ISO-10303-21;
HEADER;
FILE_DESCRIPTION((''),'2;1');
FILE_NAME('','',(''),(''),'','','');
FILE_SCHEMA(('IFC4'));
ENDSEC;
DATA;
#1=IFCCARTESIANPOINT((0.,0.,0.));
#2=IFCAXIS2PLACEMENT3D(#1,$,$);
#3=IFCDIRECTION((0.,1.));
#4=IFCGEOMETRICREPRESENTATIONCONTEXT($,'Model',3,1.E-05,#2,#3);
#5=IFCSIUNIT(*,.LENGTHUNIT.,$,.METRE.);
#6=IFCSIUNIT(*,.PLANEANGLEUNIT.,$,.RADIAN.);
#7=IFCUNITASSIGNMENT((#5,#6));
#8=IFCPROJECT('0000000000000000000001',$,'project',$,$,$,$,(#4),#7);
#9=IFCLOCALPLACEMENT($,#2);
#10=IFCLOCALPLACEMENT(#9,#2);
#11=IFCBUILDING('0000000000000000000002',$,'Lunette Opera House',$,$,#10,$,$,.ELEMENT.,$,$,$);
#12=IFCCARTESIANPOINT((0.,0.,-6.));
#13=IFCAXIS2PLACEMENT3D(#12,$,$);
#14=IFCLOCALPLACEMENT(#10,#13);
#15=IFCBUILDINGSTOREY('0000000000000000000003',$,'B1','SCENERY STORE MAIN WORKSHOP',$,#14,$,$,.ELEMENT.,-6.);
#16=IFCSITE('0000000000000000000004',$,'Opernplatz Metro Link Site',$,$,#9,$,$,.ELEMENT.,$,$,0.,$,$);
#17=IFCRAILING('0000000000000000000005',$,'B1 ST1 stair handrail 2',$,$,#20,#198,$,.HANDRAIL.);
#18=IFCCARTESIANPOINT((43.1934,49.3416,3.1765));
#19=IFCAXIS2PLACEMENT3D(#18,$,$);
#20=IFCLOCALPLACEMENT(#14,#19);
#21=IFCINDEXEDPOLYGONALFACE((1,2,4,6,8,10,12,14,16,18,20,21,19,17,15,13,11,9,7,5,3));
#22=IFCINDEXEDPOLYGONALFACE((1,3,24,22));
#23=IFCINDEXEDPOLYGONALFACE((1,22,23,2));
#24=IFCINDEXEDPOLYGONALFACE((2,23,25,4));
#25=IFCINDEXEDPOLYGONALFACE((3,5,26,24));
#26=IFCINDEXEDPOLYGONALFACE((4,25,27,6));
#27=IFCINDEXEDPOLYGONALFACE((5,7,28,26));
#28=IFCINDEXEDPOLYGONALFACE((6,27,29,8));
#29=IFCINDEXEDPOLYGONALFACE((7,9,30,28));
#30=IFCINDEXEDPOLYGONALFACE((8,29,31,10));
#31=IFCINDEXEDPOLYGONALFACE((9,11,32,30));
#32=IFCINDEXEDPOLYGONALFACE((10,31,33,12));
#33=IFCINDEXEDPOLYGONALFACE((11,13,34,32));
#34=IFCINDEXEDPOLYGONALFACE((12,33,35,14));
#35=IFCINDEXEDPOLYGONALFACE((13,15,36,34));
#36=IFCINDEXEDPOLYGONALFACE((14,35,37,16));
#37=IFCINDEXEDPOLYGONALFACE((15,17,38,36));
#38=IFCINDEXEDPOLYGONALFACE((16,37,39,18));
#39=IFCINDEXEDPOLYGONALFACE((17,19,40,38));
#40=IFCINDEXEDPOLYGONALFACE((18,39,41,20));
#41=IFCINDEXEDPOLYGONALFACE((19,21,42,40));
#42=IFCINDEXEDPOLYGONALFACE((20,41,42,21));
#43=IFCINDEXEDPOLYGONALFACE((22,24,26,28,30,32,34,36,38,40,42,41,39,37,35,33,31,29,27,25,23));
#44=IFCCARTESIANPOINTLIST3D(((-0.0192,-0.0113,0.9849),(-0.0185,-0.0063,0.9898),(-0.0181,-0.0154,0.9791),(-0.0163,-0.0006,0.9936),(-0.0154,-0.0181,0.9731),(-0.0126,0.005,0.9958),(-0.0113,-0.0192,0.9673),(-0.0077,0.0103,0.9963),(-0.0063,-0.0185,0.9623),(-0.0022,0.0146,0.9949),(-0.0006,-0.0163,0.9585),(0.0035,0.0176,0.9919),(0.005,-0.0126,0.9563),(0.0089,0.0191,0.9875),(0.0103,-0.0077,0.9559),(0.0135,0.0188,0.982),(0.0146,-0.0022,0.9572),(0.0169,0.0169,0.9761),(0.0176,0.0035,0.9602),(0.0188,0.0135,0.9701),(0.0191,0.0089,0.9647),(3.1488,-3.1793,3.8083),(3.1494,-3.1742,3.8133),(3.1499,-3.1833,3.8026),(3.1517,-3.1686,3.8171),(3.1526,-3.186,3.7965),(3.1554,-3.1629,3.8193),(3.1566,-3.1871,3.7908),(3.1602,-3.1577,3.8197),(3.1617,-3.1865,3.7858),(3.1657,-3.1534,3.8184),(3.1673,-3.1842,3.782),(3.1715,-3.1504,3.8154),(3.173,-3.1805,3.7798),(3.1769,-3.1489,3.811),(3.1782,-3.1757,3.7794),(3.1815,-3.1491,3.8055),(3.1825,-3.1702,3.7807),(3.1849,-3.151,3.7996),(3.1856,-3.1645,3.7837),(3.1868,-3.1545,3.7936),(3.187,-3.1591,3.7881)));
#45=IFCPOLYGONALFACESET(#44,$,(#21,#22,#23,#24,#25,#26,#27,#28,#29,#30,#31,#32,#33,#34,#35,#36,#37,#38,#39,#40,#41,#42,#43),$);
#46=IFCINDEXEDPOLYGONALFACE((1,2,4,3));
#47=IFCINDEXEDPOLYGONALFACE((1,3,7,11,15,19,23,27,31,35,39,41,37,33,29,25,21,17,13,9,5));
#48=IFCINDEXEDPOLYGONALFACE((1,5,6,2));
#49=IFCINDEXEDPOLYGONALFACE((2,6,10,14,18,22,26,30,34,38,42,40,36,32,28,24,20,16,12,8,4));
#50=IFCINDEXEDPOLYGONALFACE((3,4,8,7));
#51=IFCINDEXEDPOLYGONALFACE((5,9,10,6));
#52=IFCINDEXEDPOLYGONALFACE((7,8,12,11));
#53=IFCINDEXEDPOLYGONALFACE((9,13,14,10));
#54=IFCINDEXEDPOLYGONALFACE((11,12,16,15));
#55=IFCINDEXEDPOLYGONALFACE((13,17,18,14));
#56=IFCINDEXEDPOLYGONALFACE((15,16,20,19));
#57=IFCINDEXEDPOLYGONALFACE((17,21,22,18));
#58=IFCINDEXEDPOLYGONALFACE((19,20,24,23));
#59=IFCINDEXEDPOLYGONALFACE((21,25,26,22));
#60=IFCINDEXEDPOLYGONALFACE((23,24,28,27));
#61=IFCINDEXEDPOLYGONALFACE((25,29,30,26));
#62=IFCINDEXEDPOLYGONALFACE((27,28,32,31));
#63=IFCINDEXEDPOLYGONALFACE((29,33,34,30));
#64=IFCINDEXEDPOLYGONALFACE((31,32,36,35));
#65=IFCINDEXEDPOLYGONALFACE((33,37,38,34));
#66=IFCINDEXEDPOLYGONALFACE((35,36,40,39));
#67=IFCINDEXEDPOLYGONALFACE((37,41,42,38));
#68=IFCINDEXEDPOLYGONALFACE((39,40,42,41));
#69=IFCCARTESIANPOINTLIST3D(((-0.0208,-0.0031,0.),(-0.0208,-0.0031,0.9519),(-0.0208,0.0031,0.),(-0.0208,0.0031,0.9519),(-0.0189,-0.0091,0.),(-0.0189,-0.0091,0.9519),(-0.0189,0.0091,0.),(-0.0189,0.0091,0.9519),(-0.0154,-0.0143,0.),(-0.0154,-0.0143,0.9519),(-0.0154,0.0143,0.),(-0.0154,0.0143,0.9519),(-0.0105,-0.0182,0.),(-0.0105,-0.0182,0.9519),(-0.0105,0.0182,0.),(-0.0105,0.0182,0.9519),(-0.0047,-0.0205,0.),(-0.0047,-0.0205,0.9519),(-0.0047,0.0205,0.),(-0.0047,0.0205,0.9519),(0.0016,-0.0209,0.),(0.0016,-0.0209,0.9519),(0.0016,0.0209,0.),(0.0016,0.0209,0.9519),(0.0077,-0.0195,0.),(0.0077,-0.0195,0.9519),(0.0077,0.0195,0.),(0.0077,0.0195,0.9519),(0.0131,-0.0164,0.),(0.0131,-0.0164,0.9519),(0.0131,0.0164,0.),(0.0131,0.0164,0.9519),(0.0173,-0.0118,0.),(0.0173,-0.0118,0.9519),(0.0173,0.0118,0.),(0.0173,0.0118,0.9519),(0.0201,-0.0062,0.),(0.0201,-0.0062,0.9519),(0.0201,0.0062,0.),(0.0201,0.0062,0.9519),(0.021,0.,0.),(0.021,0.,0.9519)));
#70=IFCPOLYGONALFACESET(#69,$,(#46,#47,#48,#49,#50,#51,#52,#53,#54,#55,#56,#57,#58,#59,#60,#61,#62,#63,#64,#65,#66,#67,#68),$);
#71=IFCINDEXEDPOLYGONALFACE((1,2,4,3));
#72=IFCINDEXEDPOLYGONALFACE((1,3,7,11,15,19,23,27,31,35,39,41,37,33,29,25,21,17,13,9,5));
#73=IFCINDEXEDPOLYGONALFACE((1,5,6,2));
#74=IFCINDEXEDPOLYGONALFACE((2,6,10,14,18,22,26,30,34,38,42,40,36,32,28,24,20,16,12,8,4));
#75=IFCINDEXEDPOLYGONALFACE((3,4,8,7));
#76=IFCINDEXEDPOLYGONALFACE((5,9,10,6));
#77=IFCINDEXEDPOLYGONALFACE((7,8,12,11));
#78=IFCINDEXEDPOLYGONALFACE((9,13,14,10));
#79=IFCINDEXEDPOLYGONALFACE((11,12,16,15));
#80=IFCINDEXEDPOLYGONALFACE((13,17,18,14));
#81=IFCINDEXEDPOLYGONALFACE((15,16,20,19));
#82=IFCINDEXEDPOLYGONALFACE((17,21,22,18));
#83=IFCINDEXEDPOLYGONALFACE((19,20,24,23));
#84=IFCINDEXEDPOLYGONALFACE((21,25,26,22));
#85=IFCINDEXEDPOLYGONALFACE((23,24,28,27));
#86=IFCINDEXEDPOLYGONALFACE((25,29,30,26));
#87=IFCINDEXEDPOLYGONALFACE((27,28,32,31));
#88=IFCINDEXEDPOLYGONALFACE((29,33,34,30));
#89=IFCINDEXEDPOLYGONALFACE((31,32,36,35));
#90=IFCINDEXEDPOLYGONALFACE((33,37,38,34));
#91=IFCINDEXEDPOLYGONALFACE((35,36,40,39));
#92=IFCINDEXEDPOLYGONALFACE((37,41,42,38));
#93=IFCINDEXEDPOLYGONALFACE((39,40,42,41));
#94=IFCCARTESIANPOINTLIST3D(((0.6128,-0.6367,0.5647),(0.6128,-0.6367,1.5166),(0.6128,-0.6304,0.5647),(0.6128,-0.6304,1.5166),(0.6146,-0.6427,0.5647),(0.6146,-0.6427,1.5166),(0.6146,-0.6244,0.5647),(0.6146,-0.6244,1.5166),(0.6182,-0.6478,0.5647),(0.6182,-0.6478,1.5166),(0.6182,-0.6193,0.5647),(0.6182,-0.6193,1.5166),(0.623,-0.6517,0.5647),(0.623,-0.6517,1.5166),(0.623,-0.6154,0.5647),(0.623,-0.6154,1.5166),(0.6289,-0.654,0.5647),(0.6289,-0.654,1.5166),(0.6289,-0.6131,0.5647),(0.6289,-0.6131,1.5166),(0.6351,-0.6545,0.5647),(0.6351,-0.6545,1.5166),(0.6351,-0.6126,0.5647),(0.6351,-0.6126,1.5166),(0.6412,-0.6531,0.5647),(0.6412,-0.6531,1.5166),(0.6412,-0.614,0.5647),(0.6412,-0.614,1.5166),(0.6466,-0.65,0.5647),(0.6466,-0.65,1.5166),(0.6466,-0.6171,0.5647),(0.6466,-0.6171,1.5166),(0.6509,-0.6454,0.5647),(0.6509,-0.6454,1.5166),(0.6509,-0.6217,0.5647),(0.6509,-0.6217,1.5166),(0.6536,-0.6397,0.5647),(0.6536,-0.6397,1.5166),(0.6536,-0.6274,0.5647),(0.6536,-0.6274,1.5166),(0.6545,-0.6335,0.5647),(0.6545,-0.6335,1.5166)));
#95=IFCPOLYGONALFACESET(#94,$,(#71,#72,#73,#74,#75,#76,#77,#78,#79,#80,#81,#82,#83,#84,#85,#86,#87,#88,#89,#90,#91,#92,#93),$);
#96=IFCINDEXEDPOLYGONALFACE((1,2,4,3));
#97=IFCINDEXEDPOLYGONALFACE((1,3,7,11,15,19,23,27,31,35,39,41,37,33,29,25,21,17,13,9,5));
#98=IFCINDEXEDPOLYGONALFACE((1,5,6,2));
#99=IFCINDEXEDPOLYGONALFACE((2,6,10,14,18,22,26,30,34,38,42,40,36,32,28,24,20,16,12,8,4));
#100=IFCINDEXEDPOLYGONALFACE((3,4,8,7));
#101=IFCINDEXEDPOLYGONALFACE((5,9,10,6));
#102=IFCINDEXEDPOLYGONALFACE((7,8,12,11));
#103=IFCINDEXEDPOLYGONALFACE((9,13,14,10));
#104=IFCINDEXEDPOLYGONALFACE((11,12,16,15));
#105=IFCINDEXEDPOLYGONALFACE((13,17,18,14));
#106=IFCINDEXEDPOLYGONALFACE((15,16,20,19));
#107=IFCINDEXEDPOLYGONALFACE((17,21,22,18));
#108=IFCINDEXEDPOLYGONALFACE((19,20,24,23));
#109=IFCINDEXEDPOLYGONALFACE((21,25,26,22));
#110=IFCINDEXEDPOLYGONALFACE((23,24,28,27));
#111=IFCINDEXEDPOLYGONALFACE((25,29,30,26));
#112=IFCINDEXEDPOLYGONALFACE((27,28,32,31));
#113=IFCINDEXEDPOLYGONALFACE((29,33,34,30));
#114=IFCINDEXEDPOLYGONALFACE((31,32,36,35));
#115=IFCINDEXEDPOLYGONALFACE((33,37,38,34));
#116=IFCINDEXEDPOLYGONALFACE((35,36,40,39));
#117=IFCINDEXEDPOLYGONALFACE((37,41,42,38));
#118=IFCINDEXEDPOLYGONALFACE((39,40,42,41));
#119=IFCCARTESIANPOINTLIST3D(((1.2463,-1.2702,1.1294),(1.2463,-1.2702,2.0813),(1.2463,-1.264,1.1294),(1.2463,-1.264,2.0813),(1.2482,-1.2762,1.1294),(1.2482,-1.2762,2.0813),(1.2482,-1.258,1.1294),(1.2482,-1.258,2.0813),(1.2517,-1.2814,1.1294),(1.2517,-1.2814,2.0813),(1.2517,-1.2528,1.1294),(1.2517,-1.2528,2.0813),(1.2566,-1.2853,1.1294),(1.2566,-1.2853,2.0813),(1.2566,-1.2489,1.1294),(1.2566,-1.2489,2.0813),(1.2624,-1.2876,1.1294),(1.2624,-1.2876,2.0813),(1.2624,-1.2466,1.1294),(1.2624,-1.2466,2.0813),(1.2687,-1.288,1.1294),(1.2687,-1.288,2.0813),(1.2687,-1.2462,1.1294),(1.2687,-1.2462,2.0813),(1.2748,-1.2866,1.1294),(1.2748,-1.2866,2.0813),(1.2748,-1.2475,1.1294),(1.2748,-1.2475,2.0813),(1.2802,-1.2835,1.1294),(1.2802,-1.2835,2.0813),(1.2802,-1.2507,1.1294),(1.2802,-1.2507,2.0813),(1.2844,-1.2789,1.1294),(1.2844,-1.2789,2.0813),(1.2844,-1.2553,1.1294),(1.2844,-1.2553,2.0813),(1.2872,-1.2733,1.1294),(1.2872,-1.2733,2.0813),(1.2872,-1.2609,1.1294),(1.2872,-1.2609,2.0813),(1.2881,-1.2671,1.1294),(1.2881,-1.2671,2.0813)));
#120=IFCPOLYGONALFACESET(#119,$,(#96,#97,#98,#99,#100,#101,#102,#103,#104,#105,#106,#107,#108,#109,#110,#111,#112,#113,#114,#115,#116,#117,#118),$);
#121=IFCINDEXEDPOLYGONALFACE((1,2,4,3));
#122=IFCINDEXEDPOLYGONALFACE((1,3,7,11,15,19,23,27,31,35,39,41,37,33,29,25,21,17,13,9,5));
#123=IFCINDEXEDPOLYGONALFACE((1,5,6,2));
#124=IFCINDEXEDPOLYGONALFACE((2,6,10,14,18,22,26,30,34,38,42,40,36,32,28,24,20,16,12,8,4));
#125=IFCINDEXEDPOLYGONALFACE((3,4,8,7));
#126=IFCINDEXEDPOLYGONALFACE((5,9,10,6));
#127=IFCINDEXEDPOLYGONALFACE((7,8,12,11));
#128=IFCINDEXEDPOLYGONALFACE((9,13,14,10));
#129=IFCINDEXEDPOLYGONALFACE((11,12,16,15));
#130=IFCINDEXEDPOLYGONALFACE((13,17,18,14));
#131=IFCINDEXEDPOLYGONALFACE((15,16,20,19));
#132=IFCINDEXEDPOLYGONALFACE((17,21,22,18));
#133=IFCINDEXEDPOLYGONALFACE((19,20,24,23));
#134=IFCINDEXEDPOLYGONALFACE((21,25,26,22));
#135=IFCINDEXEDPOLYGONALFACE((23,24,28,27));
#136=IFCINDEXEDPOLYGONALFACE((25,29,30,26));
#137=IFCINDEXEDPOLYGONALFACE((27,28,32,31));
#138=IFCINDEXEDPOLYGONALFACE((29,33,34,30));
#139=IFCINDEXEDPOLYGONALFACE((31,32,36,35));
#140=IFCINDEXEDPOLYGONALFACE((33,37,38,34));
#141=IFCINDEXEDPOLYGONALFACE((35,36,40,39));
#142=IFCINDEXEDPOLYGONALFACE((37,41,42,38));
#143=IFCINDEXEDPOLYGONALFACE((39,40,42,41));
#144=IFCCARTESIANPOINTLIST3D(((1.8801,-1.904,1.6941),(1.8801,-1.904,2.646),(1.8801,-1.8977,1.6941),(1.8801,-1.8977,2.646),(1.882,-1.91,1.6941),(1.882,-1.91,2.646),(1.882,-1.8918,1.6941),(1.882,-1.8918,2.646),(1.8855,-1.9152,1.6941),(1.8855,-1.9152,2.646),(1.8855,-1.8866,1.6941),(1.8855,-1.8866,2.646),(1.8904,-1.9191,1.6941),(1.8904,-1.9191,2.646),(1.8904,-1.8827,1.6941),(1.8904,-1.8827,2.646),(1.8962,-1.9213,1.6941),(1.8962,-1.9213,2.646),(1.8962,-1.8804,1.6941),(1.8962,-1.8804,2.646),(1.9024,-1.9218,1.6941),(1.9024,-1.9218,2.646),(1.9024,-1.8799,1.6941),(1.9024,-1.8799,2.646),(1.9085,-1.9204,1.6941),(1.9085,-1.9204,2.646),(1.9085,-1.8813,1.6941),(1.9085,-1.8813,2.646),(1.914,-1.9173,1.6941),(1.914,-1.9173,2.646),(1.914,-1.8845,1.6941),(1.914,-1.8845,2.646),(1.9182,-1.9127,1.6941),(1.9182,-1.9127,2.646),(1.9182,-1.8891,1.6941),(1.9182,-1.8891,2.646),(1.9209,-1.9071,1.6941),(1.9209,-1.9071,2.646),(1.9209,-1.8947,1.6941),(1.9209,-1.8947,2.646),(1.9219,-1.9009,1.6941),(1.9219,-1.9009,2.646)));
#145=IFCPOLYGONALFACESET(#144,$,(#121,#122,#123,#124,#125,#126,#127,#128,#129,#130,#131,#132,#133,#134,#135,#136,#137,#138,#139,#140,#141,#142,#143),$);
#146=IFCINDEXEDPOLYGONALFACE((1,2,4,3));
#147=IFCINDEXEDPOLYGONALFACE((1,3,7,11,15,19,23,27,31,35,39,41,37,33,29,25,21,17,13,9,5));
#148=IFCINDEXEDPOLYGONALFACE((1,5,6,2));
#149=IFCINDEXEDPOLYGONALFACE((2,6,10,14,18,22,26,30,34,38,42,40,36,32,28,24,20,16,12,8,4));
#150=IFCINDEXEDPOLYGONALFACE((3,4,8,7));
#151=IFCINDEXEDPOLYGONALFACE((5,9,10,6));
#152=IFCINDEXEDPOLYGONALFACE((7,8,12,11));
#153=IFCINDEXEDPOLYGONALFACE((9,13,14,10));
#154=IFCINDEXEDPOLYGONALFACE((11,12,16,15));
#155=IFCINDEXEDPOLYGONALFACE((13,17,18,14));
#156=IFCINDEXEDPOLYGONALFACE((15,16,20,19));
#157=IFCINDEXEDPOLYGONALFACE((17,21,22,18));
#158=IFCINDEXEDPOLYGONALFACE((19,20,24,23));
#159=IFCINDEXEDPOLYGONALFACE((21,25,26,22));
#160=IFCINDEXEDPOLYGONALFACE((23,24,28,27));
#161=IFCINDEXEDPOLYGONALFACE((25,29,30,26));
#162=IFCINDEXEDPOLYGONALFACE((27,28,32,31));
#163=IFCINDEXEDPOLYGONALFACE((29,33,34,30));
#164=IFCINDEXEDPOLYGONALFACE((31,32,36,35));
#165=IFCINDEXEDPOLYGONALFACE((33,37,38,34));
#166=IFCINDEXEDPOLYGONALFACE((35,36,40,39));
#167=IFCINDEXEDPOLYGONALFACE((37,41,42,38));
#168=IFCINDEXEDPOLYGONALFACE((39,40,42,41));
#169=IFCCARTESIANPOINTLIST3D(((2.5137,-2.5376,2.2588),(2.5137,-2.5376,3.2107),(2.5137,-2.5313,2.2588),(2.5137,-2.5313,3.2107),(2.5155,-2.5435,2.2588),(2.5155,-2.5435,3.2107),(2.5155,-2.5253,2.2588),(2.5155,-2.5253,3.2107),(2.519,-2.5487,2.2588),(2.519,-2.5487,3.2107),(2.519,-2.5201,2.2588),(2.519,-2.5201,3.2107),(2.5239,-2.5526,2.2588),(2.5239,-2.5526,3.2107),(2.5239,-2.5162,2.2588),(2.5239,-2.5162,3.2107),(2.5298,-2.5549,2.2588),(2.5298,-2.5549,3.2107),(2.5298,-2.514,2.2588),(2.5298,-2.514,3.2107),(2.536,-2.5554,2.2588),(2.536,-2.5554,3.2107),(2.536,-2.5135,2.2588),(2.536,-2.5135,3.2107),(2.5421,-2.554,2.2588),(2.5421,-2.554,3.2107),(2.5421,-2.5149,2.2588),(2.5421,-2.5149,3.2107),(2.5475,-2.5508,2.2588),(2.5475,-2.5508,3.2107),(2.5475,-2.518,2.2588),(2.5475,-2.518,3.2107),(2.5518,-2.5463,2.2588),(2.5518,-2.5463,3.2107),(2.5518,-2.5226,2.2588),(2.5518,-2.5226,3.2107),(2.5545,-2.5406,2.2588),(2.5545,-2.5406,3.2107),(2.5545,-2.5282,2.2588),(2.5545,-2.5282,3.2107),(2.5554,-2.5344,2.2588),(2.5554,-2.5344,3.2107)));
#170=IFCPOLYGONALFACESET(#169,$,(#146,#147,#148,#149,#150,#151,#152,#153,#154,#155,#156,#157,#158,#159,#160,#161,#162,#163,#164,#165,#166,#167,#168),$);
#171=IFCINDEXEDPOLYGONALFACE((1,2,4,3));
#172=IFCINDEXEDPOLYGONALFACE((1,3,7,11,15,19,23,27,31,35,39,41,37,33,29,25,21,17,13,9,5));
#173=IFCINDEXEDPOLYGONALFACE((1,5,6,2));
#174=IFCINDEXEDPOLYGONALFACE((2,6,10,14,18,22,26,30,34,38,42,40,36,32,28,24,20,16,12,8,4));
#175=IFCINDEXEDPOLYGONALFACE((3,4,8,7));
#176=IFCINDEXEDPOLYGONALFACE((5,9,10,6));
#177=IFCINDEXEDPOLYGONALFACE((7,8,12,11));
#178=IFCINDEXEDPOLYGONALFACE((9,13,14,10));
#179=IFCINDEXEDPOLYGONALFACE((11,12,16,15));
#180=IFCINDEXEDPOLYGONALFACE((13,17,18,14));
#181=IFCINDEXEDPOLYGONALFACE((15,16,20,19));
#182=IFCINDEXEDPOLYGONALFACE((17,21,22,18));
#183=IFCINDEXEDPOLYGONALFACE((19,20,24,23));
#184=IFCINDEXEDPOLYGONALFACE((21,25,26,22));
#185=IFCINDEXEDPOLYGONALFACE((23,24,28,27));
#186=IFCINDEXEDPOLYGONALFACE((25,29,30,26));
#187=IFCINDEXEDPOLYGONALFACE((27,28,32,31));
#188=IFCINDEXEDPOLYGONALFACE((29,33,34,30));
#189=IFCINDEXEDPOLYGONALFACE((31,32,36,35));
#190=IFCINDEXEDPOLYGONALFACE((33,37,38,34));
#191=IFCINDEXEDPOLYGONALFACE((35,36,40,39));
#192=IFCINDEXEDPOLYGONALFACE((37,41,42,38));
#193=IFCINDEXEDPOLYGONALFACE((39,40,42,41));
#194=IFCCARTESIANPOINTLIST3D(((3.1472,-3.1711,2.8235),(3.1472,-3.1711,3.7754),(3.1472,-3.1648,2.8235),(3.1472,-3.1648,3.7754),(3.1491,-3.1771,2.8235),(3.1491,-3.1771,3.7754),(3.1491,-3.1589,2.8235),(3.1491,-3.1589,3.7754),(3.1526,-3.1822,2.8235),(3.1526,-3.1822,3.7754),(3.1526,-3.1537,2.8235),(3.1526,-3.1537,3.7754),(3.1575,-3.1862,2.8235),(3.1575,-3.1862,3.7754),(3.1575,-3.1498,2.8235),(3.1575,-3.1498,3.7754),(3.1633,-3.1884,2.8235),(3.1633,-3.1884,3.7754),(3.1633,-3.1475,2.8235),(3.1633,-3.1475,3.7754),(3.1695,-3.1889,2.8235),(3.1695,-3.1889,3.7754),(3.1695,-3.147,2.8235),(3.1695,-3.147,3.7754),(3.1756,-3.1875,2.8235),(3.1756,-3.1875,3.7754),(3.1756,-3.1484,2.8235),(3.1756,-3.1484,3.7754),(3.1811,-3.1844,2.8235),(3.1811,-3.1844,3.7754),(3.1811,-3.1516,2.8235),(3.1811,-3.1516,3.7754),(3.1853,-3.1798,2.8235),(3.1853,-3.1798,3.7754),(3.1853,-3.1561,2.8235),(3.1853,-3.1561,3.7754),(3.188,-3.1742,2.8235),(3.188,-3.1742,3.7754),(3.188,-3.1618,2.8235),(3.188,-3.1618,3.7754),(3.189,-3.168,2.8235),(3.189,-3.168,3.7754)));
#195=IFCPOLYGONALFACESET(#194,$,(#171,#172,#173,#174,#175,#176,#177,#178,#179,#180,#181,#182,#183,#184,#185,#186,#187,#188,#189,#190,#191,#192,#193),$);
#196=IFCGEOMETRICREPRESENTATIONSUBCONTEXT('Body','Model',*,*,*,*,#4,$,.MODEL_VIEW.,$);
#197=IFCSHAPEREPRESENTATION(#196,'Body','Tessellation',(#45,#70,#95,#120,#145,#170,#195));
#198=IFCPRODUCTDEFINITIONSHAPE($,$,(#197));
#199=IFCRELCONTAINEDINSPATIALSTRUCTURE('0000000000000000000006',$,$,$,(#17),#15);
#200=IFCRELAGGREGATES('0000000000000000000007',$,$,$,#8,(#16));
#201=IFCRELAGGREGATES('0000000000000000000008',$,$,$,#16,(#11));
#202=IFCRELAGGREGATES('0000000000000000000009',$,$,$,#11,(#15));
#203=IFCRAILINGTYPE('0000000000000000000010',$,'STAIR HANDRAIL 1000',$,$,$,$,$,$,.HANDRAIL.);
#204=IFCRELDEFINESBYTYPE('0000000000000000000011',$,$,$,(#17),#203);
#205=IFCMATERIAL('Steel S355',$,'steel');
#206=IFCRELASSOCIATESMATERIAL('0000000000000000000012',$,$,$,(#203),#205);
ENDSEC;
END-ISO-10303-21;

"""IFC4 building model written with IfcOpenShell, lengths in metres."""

from ifc_helpers import new_model, si_unit, direction, frame, origin, origin_2d, place, context, subcontext, project, spatial, circle, extrude, material, type_object, element, save


model = new_model("IFC4")

# Units and contexts
model_context = context("Model", 3, precision=1e-05, world=origin(), true_north=direction((0.0, 1.0)))
body_context = subcontext(model_context, "Body", "Model", "MODEL_VIEW")
ifc_project = project(units=[si_unit("LENGTHUNIT", "METRE"), si_unit("PLANEANGLEUNIT", "RADIAN")], contexts=[model_context])

# Site, building, storey
site_placement = place(None, origin())
site = spatial("IfcSite", under=ifc_project, at=site_placement, Name="Opernplatz Metro Link Site", CompositionType="ELEMENT", RefElevation=0.0)
building_placement = place(site_placement, origin())
building = spatial("IfcBuilding", under=site, at=building_placement, Name="Lunette Opera House", CompositionType="ELEMENT")
storey_placement = place(building_placement, frame((0.0, 0.0, -6.0)))
storey = spatial("IfcBuildingStorey", under=building, at=storey_placement, Name="B1", Description="SCENERY STORE MAIN WORKSHOP", CompositionType="ELEMENT", Elevation=-6.0)

# Railing
ifc_material_1 = material(Name="Steel S355", Category="steel")
railing_type_1 = type_object("IfcRailingType", Name="STAIR HANDRAIL 1000", PredefinedType="HANDRAIL", material=ifc_material_1)
railing_1_placement = place(storey_placement, frame((43.1934, 49.3416, 3.1765)))
element("IfcRailing", 1, at=railing_1_placement, inside=storey, type_object=railing_type_1, Name="B1 ST1 stair handrail 2", PredefinedType="HANDRAIL", context=body_context, shape_type="SweptSolid", body=[
    extrude(circle(Radius=0.0239, at=origin_2d()), frame((0.0, 0.0, 0.9761), z_axis=(0.598219, -0.598219, 0.533169), x_axis=(0.707107, 0.707107, 0.0)), (0.0, 0.0, 1.0), 5.2957),
    extrude(circle(Radius=0.021, at=origin_2d()), origin(), (0.0, 0.0, 1.0), 0.9519),
    extrude(circle(Radius=0.021, at=origin_2d()), frame((0.6335, -0.6335, 0.5647)), (0.0, 0.0, 1.0), 0.9519),
    extrude(circle(Radius=0.021, at=origin_2d()), frame((1.2671, -1.2671, 1.1294)), (0.0, 0.0, 1.0), 0.9519),
    extrude(circle(Radius=0.021, at=origin_2d()), frame((1.9009, -1.9009, 1.6941)), (0.0, 0.0, 1.0), 0.9519),
    extrude(circle(Radius=0.021, at=origin_2d()), frame((2.5344, -2.5344, 2.2588)), (0.0, 0.0, 1.0), 0.9519),
    extrude(circle(Radius=0.021, at=origin_2d()), frame((3.168, -3.168, 2.8235)), (0.0, 0.0, 1.0), 0.9519),
])

save(model, "model.ifc")
